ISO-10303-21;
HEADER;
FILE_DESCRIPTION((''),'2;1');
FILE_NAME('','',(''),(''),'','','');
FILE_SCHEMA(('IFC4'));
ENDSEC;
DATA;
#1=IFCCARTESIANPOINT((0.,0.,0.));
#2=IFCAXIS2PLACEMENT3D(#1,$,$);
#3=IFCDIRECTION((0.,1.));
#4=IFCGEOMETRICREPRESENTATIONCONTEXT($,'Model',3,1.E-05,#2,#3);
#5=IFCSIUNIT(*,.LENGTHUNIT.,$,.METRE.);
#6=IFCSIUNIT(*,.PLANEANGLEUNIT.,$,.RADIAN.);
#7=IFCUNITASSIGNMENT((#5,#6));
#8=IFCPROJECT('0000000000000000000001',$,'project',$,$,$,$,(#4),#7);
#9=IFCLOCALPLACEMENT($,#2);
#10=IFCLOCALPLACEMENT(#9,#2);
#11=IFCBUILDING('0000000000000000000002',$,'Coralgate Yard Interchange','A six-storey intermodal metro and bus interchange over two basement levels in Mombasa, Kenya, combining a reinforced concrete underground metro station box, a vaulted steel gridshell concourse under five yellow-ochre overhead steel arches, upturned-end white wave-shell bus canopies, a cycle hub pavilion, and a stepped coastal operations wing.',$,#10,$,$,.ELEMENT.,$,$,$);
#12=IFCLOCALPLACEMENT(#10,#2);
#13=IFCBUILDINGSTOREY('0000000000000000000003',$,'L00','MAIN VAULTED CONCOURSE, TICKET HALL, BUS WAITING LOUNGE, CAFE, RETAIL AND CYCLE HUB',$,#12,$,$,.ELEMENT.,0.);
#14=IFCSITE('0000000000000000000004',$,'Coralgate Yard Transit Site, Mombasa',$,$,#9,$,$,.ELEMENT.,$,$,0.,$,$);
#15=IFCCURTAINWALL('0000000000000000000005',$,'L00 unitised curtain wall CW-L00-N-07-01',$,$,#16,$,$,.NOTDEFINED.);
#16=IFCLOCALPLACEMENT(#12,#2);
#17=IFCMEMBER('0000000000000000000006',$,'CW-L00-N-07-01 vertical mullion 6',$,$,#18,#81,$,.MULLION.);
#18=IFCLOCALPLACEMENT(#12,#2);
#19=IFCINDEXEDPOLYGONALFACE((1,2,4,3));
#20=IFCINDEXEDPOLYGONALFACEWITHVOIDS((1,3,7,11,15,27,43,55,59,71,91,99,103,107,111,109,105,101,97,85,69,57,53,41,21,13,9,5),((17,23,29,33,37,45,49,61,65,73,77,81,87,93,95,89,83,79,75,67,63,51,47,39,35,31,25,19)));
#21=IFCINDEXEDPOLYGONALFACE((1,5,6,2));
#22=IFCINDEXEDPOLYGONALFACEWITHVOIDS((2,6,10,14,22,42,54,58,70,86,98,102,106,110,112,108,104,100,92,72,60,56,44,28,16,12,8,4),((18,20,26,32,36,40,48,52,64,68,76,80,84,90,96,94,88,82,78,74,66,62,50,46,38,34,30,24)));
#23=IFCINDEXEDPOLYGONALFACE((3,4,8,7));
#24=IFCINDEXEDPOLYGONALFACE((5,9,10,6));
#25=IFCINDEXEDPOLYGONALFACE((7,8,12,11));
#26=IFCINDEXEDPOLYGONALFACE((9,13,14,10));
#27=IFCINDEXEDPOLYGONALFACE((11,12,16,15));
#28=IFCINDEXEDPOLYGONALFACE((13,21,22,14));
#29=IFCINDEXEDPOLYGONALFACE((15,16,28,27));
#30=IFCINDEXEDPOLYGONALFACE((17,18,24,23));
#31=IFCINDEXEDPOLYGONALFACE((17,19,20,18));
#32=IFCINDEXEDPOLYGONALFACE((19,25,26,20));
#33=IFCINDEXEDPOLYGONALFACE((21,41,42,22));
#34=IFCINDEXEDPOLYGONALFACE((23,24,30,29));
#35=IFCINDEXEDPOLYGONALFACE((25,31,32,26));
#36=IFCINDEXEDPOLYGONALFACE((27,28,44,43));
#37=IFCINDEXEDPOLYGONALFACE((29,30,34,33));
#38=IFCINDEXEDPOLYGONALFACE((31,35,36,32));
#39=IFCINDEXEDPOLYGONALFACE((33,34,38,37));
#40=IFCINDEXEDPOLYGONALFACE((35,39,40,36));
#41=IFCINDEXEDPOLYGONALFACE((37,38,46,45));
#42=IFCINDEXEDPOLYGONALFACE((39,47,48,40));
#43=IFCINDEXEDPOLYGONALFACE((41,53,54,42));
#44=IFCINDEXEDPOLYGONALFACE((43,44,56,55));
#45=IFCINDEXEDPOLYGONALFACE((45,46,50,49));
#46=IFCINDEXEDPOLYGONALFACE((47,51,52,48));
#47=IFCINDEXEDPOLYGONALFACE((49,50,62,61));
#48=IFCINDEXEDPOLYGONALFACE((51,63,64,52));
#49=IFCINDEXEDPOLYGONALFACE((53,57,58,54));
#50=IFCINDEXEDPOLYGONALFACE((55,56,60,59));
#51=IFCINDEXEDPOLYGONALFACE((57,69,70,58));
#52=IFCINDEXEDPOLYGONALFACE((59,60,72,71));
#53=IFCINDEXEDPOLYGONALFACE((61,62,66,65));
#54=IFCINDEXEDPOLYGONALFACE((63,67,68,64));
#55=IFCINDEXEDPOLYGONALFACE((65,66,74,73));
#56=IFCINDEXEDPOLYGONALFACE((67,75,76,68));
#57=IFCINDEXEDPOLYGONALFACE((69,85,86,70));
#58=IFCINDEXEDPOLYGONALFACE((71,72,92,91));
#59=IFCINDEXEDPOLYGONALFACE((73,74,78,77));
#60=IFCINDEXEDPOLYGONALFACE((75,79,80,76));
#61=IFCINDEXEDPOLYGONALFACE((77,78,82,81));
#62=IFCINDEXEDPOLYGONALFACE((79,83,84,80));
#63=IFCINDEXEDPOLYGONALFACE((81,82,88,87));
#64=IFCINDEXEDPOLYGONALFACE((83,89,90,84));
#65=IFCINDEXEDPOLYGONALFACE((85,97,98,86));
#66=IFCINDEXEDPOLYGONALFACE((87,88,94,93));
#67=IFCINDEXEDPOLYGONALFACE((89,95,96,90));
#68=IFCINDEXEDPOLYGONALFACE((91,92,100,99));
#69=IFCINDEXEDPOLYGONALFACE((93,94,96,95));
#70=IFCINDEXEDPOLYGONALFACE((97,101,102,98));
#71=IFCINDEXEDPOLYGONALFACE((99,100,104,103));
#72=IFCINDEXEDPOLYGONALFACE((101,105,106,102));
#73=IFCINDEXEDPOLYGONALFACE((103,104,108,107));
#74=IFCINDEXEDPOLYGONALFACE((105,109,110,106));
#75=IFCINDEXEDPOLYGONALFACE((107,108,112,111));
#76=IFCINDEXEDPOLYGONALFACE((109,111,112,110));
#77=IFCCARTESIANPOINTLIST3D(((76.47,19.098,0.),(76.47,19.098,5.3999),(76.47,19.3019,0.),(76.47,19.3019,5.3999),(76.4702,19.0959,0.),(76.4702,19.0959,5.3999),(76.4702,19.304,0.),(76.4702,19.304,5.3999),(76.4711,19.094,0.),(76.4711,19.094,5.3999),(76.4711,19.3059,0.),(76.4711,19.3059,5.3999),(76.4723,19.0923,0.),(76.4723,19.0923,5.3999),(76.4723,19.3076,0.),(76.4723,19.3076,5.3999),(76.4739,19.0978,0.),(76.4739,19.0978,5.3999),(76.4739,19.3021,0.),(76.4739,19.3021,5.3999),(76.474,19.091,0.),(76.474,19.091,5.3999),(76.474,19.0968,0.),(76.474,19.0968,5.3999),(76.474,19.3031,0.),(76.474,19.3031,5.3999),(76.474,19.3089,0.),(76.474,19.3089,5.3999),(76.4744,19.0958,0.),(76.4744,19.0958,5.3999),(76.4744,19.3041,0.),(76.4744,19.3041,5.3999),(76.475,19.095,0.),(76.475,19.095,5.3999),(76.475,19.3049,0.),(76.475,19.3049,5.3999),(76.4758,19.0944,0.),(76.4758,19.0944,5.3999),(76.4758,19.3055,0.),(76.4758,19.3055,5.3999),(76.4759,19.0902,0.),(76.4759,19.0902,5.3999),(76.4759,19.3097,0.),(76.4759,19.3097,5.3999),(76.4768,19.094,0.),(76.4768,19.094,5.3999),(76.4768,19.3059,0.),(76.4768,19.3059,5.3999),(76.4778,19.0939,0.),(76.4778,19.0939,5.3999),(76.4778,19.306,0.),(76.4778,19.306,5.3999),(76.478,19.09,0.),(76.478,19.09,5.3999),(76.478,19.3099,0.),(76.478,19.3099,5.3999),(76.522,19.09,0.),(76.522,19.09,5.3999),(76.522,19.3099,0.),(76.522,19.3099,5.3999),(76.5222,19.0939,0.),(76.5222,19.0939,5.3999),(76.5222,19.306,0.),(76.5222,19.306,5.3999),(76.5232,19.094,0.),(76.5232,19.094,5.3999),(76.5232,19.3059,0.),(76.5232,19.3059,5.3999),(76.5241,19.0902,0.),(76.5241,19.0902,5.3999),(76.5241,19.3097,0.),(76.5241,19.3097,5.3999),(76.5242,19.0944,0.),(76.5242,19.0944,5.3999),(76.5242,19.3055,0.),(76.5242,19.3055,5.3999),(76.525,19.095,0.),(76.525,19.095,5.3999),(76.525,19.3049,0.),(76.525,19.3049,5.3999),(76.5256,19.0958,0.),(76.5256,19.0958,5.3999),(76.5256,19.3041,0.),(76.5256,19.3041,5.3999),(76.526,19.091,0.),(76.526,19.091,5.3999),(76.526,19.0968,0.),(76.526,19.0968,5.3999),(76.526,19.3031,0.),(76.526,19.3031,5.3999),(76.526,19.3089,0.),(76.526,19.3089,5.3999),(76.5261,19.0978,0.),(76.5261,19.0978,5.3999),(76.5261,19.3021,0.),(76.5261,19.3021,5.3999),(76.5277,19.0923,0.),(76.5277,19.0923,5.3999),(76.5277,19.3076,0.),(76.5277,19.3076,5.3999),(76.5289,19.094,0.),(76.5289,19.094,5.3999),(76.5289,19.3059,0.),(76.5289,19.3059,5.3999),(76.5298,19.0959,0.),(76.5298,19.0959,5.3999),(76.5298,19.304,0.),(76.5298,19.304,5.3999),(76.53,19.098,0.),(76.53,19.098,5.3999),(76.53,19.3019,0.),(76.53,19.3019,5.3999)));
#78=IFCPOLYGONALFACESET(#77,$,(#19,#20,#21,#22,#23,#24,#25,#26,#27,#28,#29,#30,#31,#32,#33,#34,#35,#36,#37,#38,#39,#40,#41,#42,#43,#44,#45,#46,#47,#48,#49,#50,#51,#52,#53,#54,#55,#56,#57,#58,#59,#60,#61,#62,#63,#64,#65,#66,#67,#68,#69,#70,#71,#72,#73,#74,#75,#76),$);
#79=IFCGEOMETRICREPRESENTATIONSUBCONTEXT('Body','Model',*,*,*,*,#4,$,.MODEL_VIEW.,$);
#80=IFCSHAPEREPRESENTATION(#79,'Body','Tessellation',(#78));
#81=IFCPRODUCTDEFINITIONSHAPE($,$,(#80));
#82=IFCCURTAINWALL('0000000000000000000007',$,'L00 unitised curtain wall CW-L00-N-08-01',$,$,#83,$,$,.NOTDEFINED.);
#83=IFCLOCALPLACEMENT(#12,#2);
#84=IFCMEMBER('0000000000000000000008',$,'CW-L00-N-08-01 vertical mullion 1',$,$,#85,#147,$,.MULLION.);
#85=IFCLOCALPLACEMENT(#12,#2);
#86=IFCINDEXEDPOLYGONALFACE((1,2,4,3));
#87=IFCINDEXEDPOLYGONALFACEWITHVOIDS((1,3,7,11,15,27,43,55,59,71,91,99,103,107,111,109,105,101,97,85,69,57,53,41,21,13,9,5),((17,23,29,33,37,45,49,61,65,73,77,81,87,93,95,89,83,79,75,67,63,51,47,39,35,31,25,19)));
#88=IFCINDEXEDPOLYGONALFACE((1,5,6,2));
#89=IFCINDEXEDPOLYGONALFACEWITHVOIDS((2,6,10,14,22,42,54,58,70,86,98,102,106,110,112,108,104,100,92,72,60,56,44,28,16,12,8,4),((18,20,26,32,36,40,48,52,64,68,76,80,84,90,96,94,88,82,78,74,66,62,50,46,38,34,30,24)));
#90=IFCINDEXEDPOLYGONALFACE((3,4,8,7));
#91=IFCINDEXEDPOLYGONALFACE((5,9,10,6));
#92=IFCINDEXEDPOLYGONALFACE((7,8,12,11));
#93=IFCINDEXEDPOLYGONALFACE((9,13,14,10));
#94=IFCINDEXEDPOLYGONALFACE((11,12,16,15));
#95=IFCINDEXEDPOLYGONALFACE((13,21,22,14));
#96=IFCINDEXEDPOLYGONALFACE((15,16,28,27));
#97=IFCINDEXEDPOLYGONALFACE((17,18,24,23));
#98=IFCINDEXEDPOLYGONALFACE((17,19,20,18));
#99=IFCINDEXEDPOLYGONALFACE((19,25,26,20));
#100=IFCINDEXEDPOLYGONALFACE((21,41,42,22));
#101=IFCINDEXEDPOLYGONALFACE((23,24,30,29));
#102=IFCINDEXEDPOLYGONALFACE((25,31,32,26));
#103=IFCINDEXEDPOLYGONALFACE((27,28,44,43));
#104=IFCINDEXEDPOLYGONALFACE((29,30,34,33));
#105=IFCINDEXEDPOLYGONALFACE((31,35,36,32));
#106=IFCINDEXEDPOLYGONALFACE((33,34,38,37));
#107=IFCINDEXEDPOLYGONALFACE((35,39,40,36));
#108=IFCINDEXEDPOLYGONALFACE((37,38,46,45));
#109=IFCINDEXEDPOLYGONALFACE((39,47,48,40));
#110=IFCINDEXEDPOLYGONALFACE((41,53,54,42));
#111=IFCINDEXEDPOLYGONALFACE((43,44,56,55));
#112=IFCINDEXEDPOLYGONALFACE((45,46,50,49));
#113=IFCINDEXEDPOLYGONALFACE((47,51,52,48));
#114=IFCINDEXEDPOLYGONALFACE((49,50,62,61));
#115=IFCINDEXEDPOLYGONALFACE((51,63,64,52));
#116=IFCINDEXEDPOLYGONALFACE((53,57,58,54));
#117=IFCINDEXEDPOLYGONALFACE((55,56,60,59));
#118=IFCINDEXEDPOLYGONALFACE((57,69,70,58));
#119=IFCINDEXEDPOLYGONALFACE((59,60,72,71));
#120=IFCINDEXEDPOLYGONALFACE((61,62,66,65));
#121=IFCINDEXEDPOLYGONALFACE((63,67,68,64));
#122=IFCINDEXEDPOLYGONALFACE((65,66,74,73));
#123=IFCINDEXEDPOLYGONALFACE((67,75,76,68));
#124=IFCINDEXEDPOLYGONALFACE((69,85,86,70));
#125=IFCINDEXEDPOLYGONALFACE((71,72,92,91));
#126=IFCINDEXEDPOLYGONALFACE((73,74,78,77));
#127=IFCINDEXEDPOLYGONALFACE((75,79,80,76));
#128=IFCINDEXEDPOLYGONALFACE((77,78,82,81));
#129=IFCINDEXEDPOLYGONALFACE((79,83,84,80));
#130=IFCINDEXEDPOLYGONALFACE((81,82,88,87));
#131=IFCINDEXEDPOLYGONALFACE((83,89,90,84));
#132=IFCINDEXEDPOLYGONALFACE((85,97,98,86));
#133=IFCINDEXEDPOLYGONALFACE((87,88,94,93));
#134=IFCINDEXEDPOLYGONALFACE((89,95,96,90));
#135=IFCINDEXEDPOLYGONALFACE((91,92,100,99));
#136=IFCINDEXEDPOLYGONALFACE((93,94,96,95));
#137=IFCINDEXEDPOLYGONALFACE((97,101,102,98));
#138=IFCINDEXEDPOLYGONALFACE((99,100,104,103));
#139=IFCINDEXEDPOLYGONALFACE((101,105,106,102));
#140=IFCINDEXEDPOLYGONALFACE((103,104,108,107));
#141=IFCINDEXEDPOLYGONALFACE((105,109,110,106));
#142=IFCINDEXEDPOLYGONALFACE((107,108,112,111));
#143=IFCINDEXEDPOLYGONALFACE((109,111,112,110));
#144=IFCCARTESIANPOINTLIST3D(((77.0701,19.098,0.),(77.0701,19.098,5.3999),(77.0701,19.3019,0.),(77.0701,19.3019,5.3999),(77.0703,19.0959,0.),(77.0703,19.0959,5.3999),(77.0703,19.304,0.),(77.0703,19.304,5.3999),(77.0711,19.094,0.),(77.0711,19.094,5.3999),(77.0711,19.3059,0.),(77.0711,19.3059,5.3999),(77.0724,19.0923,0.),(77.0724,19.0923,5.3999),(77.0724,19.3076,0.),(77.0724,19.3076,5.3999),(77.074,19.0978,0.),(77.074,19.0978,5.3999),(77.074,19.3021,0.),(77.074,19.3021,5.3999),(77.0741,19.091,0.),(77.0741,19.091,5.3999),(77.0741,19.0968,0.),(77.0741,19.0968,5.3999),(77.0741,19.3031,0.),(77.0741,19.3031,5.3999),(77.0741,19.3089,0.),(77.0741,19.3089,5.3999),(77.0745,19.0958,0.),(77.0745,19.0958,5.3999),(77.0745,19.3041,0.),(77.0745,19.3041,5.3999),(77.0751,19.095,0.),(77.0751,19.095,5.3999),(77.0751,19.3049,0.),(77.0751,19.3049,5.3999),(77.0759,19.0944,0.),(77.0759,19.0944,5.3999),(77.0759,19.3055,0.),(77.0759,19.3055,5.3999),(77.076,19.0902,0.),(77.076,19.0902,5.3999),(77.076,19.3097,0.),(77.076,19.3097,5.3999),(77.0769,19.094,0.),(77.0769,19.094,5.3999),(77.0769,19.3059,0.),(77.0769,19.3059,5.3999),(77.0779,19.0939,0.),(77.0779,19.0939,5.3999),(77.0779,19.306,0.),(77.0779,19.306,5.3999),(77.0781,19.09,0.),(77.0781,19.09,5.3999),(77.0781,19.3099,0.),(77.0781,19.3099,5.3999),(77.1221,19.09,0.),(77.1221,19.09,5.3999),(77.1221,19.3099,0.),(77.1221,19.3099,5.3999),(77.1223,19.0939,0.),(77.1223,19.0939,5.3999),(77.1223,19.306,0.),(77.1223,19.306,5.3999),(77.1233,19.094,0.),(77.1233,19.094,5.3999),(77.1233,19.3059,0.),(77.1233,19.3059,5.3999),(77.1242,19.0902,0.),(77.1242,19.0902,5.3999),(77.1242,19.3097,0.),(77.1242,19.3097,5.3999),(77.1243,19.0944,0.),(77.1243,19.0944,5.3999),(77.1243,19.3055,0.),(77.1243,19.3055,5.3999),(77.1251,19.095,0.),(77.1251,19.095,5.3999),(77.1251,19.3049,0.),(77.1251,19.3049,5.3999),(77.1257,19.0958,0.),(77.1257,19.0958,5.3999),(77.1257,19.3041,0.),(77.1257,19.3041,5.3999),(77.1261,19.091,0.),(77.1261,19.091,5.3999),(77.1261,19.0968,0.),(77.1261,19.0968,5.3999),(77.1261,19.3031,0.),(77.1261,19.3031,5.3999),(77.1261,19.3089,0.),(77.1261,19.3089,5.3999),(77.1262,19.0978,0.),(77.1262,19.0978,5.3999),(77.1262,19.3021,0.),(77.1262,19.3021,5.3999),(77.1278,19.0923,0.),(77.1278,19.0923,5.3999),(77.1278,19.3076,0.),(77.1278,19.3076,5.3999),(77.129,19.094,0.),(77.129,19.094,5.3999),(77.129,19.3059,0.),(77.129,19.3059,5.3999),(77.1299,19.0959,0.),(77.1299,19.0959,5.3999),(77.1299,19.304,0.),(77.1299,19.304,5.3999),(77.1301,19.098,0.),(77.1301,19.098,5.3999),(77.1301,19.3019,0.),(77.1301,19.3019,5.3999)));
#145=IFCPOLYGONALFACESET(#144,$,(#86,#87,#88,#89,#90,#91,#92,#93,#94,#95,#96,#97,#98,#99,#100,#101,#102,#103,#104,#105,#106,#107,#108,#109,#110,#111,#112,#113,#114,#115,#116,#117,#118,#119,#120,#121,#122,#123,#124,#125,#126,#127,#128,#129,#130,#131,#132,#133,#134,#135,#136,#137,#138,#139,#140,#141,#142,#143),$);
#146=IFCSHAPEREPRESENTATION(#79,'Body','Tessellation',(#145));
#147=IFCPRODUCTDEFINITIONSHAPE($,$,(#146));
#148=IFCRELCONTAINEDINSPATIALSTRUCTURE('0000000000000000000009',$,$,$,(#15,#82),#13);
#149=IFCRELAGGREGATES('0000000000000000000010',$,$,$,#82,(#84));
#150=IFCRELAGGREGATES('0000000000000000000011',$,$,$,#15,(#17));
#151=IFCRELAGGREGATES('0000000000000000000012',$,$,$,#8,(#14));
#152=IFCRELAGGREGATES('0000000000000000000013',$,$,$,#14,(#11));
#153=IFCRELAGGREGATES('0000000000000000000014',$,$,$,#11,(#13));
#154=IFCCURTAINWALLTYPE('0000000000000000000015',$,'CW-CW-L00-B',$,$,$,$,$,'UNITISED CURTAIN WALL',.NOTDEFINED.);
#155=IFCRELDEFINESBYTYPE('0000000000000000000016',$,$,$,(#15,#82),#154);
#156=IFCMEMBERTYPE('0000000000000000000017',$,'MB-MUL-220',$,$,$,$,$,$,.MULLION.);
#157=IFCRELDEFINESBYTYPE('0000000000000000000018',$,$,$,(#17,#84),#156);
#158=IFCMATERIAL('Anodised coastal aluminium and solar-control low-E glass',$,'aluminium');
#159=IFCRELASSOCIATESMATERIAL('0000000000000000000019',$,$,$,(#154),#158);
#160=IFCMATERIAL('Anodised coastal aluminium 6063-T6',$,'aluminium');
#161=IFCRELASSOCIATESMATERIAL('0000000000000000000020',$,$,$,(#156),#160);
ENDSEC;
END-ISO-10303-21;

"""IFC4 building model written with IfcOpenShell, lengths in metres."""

from ifc_helpers import new_model, si_unit, direction, frame, origin, origin_2d, place, context, subcontext, project, spatial, hollow_rectangle, extrude, material, material_profile, profile_set, type_object, element, aggregate, save


model = new_model("IFC4")

# Units and contexts
model_context = context("Model", 3, precision=1e-05, world=origin(), true_north=direction((0.0, 1.0)))
body_context = subcontext(model_context, "Body", "Model", "MODEL_VIEW")
ifc_project = project(units=[si_unit("LENGTHUNIT", "METRE"), si_unit("PLANEANGLEUNIT", "RADIAN")], contexts=[model_context])

# Site, building, storey
site_placement = place(None, origin())
site = spatial("IfcSite", under=ifc_project, at=site_placement, Name="Coralgate Yard Transit Site, Mombasa", CompositionType="ELEMENT", RefElevation=0.0)
building_placement = place(site_placement, origin())
building = spatial("IfcBuilding", under=site, at=building_placement, Name="Coralgate Yard Interchange", Description="A six-storey intermodal metro and bus interchange over two basement levels in Mombasa, Kenya, combining a reinforced concrete underground metro station box, a vaulted steel gridshell concourse under five yellow-ochre overhead steel arches, upturned-end white wave-shell bus canopies, a cycle hub pavilion, and a stepped coastal operations wing.", CompositionType="ELEMENT")
storey_placement = place(building_placement, origin())
storey = spatial("IfcBuildingStorey", under=building, at=storey_placement, Name="L00", Description="MAIN VAULTED CONCOURSE, TICKET HALL, BUS WAITING LOUNGE, CAFE, RETAIL AND CYCLE HUB", CompositionType="ELEMENT", Elevation=0.0)

# Curtain wall, member
ifc_material_1 = material(Name="Anodised coastal aluminium and solar-control low-E glass", Category="aluminium")
curtain_wall_type = type_object("IfcCurtainWallType", Name="CW-CW-L00-B", ElementType="UNITISED CURTAIN WALL", PredefinedType="NOTDEFINED", material=ifc_material_1)
curtain_wall_1_placement = place(storey_placement, origin())
curtain_wall_1 = element("IfcCurtainWall", 1, at=curtain_wall_1_placement, inside=storey, type_object=curtain_wall_type, Name="L00 unitised curtain wall CW-L00-N-07-01", PredefinedType="NOTDEFINED")
ifc_material_2 = material(Name="Anodised coastal aluminium 6063-T6", Category="aluminium")
ifc_material_profile_1 = material_profile(ifc_material_2, hollow_rectangle(XDim=0.0601, YDim=0.22, WallThickness=0.0039, InnerFilletRadius=0.0039, OuterFilletRadius=0.0081, at=origin_2d()), Name="ALU 60x220x4")
ifc_profile_set_1 = profile_set([ifc_material_profile_1], Name="Anodised coastal aluminium 6063-T6")
member_type_1 = type_object("IfcMemberType", Name="MB-MUL-220", PredefinedType="MULLION", material=ifc_profile_set_1)
member_1_placement = place(storey_placement, frame((76.5, 19.2, 0.0), z_axis=(0.0, 0.0, 1.0), x_axis=(1.0, 0.0, 0.0)))
member_1 = element("IfcMember", 2, at=member_1_placement, type_object=member_type_1, Name="CW-L00-N-07-01 vertical mullion 6", PredefinedType="MULLION", context=body_context, shape_type="SweptSolid", body=[
    extrude(hollow_rectangle(XDim=0.0601, YDim=0.22, WallThickness=0.0039, InnerFilletRadius=0.0039, OuterFilletRadius=0.0081, at=origin_2d()), origin(), (0.0, 0.0, 1.0), 5.3999),
])

# Curtain wall, member
curtain_wall_2_placement = place(storey_placement, origin())
curtain_wall_2 = element("IfcCurtainWall", 3, at=curtain_wall_2_placement, inside=storey, type_object=curtain_wall_type, Name="L00 unitised curtain wall CW-L00-N-08-01", PredefinedType="NOTDEFINED")
member_2_placement = place(storey_placement, frame((77.1001, 19.2, 0.0), z_axis=(0.0, 0.0, 1.0), x_axis=(1.0, 0.0, 0.0)))
member_2 = element("IfcMember", 4, at=member_2_placement, type_object=member_type_1, Name="CW-L00-N-08-01 vertical mullion 1", PredefinedType="MULLION", context=body_context, shape_type="SweptSolid", body=[
    extrude(hollow_rectangle(XDim=0.0601, YDim=0.22, WallThickness=0.0039, InnerFilletRadius=0.0039, OuterFilletRadius=0.0081, at=origin_2d()), origin(), (0.0, 0.0, 1.0), 5.3999),
])

aggregate(curtain_wall_2, [member_2])

aggregate(curtain_wall_1, [member_1])

save(model, "model.ifc")
